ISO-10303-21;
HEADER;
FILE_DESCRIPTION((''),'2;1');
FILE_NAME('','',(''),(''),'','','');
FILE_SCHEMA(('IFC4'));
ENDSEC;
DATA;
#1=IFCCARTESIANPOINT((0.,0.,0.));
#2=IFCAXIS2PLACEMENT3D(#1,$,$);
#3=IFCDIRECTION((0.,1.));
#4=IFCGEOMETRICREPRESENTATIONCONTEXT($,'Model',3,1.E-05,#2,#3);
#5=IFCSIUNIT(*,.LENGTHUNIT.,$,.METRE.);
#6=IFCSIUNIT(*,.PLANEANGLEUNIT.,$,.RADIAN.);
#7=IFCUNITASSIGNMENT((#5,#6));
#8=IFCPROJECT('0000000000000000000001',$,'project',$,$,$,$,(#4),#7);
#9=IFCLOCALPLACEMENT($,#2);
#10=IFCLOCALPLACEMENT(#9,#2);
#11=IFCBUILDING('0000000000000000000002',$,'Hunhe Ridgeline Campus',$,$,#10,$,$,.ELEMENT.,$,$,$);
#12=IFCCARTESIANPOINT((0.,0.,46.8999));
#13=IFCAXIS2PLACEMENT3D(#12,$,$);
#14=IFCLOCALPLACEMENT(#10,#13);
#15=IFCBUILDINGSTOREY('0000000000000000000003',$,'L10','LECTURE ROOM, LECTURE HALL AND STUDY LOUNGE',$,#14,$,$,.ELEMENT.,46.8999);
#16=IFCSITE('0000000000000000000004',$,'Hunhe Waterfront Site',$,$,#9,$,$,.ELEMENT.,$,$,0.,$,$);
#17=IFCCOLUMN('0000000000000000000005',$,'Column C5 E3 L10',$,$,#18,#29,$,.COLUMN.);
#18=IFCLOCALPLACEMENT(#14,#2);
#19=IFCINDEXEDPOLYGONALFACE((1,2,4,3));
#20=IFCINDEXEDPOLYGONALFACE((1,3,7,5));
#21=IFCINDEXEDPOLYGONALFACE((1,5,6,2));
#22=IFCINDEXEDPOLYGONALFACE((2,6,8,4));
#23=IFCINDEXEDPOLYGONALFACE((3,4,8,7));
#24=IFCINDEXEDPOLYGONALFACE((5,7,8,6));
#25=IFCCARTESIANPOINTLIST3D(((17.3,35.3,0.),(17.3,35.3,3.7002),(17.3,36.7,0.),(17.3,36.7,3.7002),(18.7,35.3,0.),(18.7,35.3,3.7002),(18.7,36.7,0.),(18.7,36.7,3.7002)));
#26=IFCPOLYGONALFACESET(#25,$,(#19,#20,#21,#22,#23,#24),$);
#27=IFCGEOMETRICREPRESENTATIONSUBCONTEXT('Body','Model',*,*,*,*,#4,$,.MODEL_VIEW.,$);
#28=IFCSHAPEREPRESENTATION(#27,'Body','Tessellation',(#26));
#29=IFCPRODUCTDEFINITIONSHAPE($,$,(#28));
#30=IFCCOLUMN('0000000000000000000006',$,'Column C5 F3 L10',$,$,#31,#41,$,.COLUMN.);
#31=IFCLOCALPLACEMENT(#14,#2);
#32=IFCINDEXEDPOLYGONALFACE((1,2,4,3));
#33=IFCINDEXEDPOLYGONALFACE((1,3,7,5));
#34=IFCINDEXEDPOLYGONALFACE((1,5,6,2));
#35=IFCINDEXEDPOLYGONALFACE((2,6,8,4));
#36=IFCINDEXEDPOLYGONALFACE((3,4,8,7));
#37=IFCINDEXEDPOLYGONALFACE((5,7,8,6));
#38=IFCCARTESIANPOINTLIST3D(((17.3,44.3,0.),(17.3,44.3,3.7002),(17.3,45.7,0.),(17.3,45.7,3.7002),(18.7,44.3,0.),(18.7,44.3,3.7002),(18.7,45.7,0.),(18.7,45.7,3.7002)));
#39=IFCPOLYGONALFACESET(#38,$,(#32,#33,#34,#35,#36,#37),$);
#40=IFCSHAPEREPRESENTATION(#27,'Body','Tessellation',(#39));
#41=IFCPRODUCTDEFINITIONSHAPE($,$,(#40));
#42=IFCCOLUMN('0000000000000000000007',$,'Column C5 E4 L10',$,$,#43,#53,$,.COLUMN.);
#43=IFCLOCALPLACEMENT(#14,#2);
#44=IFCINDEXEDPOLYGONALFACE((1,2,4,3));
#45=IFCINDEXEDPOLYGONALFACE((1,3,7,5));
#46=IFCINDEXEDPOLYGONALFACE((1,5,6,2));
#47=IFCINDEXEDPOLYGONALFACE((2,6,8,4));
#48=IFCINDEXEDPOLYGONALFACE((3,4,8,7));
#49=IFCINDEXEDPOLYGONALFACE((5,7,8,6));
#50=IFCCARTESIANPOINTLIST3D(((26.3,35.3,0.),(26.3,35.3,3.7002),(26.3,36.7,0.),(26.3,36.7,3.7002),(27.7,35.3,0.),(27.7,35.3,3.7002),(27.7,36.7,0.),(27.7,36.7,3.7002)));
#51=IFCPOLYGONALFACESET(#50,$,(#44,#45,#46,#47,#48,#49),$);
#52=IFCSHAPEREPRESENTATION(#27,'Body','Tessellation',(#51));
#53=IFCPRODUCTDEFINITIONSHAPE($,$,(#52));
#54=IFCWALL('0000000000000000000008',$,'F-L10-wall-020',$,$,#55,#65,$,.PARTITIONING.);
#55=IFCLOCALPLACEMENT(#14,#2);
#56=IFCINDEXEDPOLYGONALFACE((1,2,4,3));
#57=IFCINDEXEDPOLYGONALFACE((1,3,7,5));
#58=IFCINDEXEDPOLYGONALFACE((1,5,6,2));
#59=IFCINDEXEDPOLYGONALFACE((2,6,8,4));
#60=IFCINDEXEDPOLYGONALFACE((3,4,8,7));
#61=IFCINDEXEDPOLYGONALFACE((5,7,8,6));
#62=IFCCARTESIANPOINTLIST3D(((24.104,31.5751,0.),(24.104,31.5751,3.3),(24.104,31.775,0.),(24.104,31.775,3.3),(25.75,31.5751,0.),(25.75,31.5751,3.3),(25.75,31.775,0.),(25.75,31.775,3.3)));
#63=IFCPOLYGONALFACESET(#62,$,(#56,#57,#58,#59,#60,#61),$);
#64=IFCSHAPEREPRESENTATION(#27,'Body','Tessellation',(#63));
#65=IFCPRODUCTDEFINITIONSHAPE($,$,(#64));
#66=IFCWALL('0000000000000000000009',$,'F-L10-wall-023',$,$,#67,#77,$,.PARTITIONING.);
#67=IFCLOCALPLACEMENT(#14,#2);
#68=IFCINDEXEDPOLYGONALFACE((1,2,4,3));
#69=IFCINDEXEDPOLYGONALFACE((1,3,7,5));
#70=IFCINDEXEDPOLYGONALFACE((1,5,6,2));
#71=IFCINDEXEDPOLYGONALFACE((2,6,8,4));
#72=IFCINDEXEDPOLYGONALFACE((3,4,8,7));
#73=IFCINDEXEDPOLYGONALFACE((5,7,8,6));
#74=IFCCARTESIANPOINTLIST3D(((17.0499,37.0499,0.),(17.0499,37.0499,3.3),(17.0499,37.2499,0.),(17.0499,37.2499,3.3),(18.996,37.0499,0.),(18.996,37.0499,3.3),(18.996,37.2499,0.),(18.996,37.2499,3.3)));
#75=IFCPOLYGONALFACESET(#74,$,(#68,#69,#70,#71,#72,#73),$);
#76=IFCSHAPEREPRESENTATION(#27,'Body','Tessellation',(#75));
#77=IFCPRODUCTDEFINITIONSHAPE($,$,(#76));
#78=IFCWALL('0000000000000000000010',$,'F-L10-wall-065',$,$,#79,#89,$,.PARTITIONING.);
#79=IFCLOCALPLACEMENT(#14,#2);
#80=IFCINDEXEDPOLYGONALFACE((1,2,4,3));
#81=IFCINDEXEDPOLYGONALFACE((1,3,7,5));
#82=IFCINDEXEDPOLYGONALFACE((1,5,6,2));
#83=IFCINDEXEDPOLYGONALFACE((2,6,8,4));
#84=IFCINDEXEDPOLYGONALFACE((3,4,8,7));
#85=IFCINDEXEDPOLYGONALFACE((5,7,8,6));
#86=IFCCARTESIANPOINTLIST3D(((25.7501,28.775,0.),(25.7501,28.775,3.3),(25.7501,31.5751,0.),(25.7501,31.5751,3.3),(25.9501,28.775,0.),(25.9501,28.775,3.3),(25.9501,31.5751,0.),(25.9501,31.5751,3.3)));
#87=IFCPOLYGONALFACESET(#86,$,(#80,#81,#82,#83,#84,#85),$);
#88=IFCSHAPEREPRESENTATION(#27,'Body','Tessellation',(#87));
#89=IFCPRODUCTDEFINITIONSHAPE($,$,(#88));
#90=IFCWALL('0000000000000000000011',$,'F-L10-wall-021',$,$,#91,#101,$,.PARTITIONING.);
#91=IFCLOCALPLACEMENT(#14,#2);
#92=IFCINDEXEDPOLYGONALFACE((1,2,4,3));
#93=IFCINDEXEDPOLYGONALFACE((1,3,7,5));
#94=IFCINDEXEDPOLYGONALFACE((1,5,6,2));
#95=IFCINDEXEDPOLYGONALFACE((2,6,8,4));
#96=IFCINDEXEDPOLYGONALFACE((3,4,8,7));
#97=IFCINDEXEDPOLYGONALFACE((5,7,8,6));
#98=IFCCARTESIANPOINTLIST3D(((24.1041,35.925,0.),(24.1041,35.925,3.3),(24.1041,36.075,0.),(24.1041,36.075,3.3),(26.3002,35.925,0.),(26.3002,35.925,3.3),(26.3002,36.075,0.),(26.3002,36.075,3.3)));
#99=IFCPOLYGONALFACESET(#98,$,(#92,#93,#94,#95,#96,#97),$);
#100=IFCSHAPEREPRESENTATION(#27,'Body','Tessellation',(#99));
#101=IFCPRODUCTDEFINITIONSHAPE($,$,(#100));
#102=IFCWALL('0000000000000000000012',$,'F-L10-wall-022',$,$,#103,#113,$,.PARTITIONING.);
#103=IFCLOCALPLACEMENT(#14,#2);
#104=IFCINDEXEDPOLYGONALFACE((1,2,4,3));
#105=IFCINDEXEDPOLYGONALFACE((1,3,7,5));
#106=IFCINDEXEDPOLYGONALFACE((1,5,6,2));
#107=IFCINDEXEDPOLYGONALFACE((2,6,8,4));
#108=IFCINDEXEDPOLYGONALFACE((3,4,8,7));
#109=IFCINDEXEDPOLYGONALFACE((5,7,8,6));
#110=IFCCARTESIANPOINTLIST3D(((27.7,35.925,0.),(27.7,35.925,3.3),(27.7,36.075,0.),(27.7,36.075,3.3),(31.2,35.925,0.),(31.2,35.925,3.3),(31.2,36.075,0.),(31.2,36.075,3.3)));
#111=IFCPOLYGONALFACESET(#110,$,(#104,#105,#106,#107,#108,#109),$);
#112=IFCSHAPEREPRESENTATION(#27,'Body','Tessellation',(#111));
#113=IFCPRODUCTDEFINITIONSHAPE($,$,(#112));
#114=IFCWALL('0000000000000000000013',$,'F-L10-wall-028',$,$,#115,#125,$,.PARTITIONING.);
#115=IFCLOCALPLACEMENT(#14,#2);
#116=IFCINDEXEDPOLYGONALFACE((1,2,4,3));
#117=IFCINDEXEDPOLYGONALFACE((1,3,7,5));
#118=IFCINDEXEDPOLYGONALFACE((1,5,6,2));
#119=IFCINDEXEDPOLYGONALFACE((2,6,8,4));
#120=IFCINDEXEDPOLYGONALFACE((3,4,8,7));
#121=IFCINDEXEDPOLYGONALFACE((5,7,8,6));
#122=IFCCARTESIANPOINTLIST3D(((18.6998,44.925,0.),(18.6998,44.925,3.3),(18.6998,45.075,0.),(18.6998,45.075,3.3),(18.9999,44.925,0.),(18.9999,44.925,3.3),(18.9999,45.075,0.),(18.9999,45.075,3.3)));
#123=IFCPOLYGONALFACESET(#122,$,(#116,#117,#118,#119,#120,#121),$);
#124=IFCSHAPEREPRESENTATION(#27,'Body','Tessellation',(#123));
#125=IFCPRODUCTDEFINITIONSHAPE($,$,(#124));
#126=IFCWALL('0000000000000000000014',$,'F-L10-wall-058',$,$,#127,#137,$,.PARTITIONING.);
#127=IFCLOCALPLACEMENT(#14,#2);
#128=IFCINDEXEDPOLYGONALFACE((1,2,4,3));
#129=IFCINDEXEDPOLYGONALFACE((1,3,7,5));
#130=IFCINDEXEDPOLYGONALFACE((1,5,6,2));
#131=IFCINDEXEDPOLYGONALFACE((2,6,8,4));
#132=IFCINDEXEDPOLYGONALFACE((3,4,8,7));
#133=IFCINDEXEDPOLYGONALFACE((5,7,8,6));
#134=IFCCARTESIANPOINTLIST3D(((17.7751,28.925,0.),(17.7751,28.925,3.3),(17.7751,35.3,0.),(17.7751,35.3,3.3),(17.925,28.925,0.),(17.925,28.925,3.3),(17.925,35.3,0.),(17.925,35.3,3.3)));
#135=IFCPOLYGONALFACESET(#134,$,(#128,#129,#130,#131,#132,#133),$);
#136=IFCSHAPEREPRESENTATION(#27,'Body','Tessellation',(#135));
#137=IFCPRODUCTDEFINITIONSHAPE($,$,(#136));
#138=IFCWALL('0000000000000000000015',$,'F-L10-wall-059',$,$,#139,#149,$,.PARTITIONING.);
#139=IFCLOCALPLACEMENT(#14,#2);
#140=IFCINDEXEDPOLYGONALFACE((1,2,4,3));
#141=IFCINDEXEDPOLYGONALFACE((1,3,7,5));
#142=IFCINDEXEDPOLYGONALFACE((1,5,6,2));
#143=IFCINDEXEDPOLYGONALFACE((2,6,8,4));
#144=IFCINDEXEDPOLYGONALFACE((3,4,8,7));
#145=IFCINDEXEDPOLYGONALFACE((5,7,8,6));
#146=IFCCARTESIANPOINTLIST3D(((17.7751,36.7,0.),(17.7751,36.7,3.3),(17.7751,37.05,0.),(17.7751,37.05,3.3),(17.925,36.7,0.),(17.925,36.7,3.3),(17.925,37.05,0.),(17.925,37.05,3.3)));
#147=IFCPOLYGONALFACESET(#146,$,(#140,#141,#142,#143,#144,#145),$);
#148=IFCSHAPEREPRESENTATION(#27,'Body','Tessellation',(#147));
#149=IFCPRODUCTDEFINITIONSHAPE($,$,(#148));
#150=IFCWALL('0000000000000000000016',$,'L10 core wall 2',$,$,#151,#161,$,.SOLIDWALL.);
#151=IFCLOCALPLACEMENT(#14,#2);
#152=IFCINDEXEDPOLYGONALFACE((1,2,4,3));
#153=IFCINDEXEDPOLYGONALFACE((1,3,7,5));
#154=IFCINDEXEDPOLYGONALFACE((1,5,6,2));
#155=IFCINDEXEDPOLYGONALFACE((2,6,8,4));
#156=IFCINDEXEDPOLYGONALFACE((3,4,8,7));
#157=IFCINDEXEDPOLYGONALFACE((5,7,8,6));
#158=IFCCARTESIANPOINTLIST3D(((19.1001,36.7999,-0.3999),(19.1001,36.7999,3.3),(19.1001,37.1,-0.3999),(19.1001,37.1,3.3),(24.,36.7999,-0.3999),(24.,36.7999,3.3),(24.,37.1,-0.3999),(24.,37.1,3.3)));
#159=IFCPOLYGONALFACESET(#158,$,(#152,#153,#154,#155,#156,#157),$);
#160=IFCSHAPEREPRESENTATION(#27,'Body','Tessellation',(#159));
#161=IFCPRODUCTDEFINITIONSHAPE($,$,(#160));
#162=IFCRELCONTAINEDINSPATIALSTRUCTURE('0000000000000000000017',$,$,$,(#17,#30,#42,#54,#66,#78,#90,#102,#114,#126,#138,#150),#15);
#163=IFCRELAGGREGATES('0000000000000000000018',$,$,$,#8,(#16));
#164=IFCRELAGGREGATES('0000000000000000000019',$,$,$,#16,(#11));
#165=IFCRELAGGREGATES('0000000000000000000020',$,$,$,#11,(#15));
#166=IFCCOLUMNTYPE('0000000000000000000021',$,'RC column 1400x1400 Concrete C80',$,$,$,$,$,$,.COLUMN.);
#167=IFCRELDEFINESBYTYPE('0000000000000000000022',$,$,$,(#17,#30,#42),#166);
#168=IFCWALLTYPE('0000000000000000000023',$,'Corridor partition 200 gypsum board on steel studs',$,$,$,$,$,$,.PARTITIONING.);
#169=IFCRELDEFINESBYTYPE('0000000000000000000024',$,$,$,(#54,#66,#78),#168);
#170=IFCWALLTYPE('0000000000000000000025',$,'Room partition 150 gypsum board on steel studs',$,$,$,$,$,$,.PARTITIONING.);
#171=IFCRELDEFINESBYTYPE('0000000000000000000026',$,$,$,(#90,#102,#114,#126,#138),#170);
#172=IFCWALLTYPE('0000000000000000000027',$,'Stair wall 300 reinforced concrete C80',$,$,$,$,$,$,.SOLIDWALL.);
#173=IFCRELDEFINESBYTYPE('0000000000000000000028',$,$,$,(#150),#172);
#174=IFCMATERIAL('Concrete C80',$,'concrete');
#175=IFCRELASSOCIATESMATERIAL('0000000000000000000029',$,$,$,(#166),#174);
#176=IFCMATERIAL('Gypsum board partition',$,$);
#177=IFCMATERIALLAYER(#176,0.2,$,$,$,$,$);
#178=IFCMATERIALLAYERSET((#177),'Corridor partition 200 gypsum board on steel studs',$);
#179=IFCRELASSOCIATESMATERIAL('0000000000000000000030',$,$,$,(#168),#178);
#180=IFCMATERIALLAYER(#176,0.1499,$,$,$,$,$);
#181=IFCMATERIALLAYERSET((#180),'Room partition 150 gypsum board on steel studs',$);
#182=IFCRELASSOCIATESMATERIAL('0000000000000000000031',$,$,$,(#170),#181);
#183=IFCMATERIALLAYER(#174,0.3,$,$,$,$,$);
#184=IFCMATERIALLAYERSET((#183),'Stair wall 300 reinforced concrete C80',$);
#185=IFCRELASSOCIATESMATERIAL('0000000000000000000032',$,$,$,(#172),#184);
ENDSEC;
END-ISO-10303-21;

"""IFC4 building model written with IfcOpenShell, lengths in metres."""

from ifc_helpers import new_model, si_unit, direction, frame, frame_2d, origin, origin_2d, place, context, subcontext, project, spatial, rectangle, extrude, material, layer, layer_set, material_profile, profile_set, type_object, element, save


model = new_model("IFC4")

# Units and contexts
model_context = context("Model", 3, precision=1e-05, world=origin(), true_north=direction((0.0, 1.0)))
body_context = subcontext(model_context, "Body", "Model", "MODEL_VIEW")
ifc_project = project(units=[si_unit("LENGTHUNIT", "METRE"), si_unit("PLANEANGLEUNIT", "RADIAN")], contexts=[model_context])

# Site, building, storey
site_placement = place(None, origin())
site = spatial("IfcSite", under=ifc_project, at=site_placement, Name="Hunhe Waterfront Site", CompositionType="ELEMENT", RefElevation=0.0)
building_placement = place(site_placement, origin())
building = spatial("IfcBuilding", under=site, at=building_placement, Name="Hunhe Ridgeline Campus", CompositionType="ELEMENT")
storey_placement = place(building_placement, frame((0.0, 0.0, 46.8999)))
storey = spatial("IfcBuildingStorey", under=building, at=storey_placement, Name="L10", Description="LECTURE ROOM, LECTURE HALL AND STUDY LOUNGE", CompositionType="ELEMENT", Elevation=46.8999)

# Columns
ifc_material_1 = material(Name="Concrete C80", Category="concrete")
ifc_material_profile = material_profile(ifc_material_1, rectangle(XDim=1.3999, YDim=1.3999, at=origin_2d()))
ifc_profile_set = profile_set([ifc_material_profile], Name="Concrete C80")
column_type = type_object("IfcColumnType", Name="RC column 1400x1400 Concrete C80", PredefinedType="COLUMN", material=ifc_profile_set)
for number, where, z_axis, x_axis, name in (
    (1, (18.0, 36.0, 0.0), (0.0, 0.0, 1.0), (1.0, 0.0, 0.0), "Column C5 E3 L10"),
    (2, (18.0, 45.0, 0.0), (0.0, 0.0, 1.0), (1.0, 0.0, 0.0), "Column C5 F3 L10"),
    (3, (27.0, 36.0, 0.0), (0.0, 0.0, 1.0), (1.0, 0.0, 0.0), "Column C5 E4 L10"),
):
    element("IfcColumn", number, at=place(storey_placement, frame(where, z_axis=z_axis, x_axis=x_axis)), inside=storey, type_object=column_type, Name=name, PredefinedType="COLUMN", context=body_context, shape_type="SweptSolid", body=[
        extrude(rectangle(XDim=1.3999, YDim=1.3999, at=origin_2d()), origin(), (0.0, 0.0, 1.0), 3.7002),
    ])

# Walls
ifc_material_2 = material(Name="Gypsum board partition")
ifc_layer_1 = layer(ifc_material_2, 0.2)
ifc_layer_set_1 = layer_set([ifc_layer_1], Name="Corridor partition 200 gypsum board on steel studs")
wall_type_1 = type_object("IfcWallType", Name="Corridor partition 200 gypsum board on steel studs", PredefinedType="PARTITIONING", material=ifc_layer_set_1)
wall_1_placement = place(storey_placement, frame((24.104, 31.675, 0.0), z_axis=(0.0, 0.0, 1.0), x_axis=(1.0, 0.0, 0.0)))
element("IfcWall", 4, at=wall_1_placement, inside=storey, type_object=wall_type_1, Name="F-L10-wall-020", PredefinedType="PARTITIONING", context=body_context, shape_type="SweptSolid", body=[
    extrude(rectangle(XDim=1.646, YDim=0.2, at=frame_2d((0.823, 0.0))), origin(), (0.0, 0.0, 1.0), 3.3),
])
wall_2_placement = place(storey_placement, frame((18.9961, 37.1499, 0.0), z_axis=(0.0, 0.0, 1.0), x_axis=(-1.0, 0.0, 0.0)))
element("IfcWall", 5, at=wall_2_placement, inside=storey, type_object=wall_type_1, Name="F-L10-wall-023", PredefinedType="PARTITIONING", context=body_context, shape_type="SweptSolid", body=[
    extrude(rectangle(XDim=1.946, YDim=0.2, at=frame_2d((0.9731, 0.0))), origin(), (0.0, 0.0, 1.0), 3.3),
])

# Walls
wall_3_placement = place(storey_placement, frame((25.8501, 31.575, 0.0), z_axis=(0.0, 0.0, 1.0), x_axis=(0.0, -1.0, 0.0)))
element("IfcWall", 6, at=wall_3_placement, inside=storey, type_object=wall_type_1, Name="F-L10-wall-065", PredefinedType="PARTITIONING", context=body_context, shape_type="SweptSolid", body=[
    extrude(rectangle(XDim=2.8, YDim=0.2, at=frame_2d((1.3999, 0.0))), origin(), (0.0, 0.0, 1.0), 3.3),
])
ifc_layer_2 = layer(ifc_material_2, 0.1499)
ifc_layer_set_2 = layer_set([ifc_layer_2], Name="Room partition 150 gypsum board on steel studs")
wall_type_2 = type_object("IfcWallType", Name="Room partition 150 gypsum board on steel studs", PredefinedType="PARTITIONING", material=ifc_layer_set_2)
wall_4_placement = place(storey_placement, frame((24.104, 36.0, 0.0), z_axis=(0.0, 0.0, 1.0), x_axis=(1.0, 0.0, 0.0)))
element("IfcWall", 7, at=wall_4_placement, inside=storey, type_object=wall_type_2, Name="F-L10-wall-021", PredefinedType="PARTITIONING", context=body_context, shape_type="SweptSolid", body=[
    extrude(rectangle(XDim=2.196, YDim=0.1499, at=frame_2d((1.0981, 0.0))), origin(), (0.0, 0.0, 1.0), 3.3),
])
wall_5_placement = place(storey_placement, frame((27.7, 36.0, 0.0), z_axis=(0.0, 0.0, 1.0), x_axis=(1.0, 0.0, 0.0)))
element("IfcWall", 8, at=wall_5_placement, inside=storey, type_object=wall_type_2, Name="F-L10-wall-022", PredefinedType="PARTITIONING", context=body_context, shape_type="SweptSolid", body=[
    extrude(rectangle(XDim=3.5, YDim=0.1499, at=frame_2d((1.75, 0.0))), origin(), (0.0, 0.0, 1.0), 3.3),
])
wall_6_placement = place(storey_placement, frame((18.7, 45.0, 0.0), z_axis=(0.0, 0.0, 1.0), x_axis=(1.0, 0.0, 0.0)))
element("IfcWall", 9, at=wall_6_placement, inside=storey, type_object=wall_type_2, Name="F-L10-wall-028", PredefinedType="PARTITIONING", context=body_context, shape_type="SweptSolid", body=[
    extrude(rectangle(XDim=0.3, YDim=0.1499, at=frame_2d((0.1499, 0.0))), origin(), (0.0, 0.0, 1.0), 3.3),
])
wall_7_placement = place(storey_placement, frame((17.8501, 35.3, 0.0), z_axis=(0.0, 0.0, 1.0), x_axis=(0.0, -1.0, 0.0)))
element("IfcWall", 10, at=wall_7_placement, inside=storey, type_object=wall_type_2, Name="F-L10-wall-058", PredefinedType="PARTITIONING", context=body_context, shape_type="SweptSolid", body=[
    extrude(rectangle(XDim=6.375, YDim=0.1499, at=frame_2d((3.1875, 0.0))), origin(), (0.0, 0.0, 1.0), 3.3),
])
wall_8_placement = place(storey_placement, frame((17.8501, 37.05, 0.0), z_axis=(0.0, 0.0, 1.0), x_axis=(0.0, -1.0, 0.0)))
element("IfcWall", 11, at=wall_8_placement, inside=storey, type_object=wall_type_2, Name="F-L10-wall-059", PredefinedType="PARTITIONING", context=body_context, shape_type="SweptSolid", body=[
    extrude(rectangle(XDim=0.3501, YDim=0.1499, at=frame_2d((0.175, 0.0))), origin(), (0.0, 0.0, 1.0), 3.3),
])
ifc_layer_3 = layer(ifc_material_1, 0.3)
ifc_layer_set_3 = layer_set([ifc_layer_3], Name="Stair wall 300 reinforced concrete C80")
wall_type_3 = type_object("IfcWallType", Name="Stair wall 300 reinforced concrete C80", PredefinedType="SOLIDWALL", material=ifc_layer_set_3)
wall_9_placement = place(storey_placement, frame((19.1001, 36.95, -0.3999), z_axis=(0.0, 0.0, 1.0), x_axis=(1.0, 0.0, 0.0)))
element("IfcWall", 12, at=wall_9_placement, inside=storey, type_object=wall_type_3, Name="L10 core wall 2", PredefinedType="SOLIDWALL", context=body_context, shape_type="SweptSolid", body=[
    extrude(rectangle(XDim=4.8999, YDim=0.3, at=frame_2d((2.45, 0.0))), origin(), (0.0, 0.0, 1.0), 3.7),
])

save(model, "model.ifc")
